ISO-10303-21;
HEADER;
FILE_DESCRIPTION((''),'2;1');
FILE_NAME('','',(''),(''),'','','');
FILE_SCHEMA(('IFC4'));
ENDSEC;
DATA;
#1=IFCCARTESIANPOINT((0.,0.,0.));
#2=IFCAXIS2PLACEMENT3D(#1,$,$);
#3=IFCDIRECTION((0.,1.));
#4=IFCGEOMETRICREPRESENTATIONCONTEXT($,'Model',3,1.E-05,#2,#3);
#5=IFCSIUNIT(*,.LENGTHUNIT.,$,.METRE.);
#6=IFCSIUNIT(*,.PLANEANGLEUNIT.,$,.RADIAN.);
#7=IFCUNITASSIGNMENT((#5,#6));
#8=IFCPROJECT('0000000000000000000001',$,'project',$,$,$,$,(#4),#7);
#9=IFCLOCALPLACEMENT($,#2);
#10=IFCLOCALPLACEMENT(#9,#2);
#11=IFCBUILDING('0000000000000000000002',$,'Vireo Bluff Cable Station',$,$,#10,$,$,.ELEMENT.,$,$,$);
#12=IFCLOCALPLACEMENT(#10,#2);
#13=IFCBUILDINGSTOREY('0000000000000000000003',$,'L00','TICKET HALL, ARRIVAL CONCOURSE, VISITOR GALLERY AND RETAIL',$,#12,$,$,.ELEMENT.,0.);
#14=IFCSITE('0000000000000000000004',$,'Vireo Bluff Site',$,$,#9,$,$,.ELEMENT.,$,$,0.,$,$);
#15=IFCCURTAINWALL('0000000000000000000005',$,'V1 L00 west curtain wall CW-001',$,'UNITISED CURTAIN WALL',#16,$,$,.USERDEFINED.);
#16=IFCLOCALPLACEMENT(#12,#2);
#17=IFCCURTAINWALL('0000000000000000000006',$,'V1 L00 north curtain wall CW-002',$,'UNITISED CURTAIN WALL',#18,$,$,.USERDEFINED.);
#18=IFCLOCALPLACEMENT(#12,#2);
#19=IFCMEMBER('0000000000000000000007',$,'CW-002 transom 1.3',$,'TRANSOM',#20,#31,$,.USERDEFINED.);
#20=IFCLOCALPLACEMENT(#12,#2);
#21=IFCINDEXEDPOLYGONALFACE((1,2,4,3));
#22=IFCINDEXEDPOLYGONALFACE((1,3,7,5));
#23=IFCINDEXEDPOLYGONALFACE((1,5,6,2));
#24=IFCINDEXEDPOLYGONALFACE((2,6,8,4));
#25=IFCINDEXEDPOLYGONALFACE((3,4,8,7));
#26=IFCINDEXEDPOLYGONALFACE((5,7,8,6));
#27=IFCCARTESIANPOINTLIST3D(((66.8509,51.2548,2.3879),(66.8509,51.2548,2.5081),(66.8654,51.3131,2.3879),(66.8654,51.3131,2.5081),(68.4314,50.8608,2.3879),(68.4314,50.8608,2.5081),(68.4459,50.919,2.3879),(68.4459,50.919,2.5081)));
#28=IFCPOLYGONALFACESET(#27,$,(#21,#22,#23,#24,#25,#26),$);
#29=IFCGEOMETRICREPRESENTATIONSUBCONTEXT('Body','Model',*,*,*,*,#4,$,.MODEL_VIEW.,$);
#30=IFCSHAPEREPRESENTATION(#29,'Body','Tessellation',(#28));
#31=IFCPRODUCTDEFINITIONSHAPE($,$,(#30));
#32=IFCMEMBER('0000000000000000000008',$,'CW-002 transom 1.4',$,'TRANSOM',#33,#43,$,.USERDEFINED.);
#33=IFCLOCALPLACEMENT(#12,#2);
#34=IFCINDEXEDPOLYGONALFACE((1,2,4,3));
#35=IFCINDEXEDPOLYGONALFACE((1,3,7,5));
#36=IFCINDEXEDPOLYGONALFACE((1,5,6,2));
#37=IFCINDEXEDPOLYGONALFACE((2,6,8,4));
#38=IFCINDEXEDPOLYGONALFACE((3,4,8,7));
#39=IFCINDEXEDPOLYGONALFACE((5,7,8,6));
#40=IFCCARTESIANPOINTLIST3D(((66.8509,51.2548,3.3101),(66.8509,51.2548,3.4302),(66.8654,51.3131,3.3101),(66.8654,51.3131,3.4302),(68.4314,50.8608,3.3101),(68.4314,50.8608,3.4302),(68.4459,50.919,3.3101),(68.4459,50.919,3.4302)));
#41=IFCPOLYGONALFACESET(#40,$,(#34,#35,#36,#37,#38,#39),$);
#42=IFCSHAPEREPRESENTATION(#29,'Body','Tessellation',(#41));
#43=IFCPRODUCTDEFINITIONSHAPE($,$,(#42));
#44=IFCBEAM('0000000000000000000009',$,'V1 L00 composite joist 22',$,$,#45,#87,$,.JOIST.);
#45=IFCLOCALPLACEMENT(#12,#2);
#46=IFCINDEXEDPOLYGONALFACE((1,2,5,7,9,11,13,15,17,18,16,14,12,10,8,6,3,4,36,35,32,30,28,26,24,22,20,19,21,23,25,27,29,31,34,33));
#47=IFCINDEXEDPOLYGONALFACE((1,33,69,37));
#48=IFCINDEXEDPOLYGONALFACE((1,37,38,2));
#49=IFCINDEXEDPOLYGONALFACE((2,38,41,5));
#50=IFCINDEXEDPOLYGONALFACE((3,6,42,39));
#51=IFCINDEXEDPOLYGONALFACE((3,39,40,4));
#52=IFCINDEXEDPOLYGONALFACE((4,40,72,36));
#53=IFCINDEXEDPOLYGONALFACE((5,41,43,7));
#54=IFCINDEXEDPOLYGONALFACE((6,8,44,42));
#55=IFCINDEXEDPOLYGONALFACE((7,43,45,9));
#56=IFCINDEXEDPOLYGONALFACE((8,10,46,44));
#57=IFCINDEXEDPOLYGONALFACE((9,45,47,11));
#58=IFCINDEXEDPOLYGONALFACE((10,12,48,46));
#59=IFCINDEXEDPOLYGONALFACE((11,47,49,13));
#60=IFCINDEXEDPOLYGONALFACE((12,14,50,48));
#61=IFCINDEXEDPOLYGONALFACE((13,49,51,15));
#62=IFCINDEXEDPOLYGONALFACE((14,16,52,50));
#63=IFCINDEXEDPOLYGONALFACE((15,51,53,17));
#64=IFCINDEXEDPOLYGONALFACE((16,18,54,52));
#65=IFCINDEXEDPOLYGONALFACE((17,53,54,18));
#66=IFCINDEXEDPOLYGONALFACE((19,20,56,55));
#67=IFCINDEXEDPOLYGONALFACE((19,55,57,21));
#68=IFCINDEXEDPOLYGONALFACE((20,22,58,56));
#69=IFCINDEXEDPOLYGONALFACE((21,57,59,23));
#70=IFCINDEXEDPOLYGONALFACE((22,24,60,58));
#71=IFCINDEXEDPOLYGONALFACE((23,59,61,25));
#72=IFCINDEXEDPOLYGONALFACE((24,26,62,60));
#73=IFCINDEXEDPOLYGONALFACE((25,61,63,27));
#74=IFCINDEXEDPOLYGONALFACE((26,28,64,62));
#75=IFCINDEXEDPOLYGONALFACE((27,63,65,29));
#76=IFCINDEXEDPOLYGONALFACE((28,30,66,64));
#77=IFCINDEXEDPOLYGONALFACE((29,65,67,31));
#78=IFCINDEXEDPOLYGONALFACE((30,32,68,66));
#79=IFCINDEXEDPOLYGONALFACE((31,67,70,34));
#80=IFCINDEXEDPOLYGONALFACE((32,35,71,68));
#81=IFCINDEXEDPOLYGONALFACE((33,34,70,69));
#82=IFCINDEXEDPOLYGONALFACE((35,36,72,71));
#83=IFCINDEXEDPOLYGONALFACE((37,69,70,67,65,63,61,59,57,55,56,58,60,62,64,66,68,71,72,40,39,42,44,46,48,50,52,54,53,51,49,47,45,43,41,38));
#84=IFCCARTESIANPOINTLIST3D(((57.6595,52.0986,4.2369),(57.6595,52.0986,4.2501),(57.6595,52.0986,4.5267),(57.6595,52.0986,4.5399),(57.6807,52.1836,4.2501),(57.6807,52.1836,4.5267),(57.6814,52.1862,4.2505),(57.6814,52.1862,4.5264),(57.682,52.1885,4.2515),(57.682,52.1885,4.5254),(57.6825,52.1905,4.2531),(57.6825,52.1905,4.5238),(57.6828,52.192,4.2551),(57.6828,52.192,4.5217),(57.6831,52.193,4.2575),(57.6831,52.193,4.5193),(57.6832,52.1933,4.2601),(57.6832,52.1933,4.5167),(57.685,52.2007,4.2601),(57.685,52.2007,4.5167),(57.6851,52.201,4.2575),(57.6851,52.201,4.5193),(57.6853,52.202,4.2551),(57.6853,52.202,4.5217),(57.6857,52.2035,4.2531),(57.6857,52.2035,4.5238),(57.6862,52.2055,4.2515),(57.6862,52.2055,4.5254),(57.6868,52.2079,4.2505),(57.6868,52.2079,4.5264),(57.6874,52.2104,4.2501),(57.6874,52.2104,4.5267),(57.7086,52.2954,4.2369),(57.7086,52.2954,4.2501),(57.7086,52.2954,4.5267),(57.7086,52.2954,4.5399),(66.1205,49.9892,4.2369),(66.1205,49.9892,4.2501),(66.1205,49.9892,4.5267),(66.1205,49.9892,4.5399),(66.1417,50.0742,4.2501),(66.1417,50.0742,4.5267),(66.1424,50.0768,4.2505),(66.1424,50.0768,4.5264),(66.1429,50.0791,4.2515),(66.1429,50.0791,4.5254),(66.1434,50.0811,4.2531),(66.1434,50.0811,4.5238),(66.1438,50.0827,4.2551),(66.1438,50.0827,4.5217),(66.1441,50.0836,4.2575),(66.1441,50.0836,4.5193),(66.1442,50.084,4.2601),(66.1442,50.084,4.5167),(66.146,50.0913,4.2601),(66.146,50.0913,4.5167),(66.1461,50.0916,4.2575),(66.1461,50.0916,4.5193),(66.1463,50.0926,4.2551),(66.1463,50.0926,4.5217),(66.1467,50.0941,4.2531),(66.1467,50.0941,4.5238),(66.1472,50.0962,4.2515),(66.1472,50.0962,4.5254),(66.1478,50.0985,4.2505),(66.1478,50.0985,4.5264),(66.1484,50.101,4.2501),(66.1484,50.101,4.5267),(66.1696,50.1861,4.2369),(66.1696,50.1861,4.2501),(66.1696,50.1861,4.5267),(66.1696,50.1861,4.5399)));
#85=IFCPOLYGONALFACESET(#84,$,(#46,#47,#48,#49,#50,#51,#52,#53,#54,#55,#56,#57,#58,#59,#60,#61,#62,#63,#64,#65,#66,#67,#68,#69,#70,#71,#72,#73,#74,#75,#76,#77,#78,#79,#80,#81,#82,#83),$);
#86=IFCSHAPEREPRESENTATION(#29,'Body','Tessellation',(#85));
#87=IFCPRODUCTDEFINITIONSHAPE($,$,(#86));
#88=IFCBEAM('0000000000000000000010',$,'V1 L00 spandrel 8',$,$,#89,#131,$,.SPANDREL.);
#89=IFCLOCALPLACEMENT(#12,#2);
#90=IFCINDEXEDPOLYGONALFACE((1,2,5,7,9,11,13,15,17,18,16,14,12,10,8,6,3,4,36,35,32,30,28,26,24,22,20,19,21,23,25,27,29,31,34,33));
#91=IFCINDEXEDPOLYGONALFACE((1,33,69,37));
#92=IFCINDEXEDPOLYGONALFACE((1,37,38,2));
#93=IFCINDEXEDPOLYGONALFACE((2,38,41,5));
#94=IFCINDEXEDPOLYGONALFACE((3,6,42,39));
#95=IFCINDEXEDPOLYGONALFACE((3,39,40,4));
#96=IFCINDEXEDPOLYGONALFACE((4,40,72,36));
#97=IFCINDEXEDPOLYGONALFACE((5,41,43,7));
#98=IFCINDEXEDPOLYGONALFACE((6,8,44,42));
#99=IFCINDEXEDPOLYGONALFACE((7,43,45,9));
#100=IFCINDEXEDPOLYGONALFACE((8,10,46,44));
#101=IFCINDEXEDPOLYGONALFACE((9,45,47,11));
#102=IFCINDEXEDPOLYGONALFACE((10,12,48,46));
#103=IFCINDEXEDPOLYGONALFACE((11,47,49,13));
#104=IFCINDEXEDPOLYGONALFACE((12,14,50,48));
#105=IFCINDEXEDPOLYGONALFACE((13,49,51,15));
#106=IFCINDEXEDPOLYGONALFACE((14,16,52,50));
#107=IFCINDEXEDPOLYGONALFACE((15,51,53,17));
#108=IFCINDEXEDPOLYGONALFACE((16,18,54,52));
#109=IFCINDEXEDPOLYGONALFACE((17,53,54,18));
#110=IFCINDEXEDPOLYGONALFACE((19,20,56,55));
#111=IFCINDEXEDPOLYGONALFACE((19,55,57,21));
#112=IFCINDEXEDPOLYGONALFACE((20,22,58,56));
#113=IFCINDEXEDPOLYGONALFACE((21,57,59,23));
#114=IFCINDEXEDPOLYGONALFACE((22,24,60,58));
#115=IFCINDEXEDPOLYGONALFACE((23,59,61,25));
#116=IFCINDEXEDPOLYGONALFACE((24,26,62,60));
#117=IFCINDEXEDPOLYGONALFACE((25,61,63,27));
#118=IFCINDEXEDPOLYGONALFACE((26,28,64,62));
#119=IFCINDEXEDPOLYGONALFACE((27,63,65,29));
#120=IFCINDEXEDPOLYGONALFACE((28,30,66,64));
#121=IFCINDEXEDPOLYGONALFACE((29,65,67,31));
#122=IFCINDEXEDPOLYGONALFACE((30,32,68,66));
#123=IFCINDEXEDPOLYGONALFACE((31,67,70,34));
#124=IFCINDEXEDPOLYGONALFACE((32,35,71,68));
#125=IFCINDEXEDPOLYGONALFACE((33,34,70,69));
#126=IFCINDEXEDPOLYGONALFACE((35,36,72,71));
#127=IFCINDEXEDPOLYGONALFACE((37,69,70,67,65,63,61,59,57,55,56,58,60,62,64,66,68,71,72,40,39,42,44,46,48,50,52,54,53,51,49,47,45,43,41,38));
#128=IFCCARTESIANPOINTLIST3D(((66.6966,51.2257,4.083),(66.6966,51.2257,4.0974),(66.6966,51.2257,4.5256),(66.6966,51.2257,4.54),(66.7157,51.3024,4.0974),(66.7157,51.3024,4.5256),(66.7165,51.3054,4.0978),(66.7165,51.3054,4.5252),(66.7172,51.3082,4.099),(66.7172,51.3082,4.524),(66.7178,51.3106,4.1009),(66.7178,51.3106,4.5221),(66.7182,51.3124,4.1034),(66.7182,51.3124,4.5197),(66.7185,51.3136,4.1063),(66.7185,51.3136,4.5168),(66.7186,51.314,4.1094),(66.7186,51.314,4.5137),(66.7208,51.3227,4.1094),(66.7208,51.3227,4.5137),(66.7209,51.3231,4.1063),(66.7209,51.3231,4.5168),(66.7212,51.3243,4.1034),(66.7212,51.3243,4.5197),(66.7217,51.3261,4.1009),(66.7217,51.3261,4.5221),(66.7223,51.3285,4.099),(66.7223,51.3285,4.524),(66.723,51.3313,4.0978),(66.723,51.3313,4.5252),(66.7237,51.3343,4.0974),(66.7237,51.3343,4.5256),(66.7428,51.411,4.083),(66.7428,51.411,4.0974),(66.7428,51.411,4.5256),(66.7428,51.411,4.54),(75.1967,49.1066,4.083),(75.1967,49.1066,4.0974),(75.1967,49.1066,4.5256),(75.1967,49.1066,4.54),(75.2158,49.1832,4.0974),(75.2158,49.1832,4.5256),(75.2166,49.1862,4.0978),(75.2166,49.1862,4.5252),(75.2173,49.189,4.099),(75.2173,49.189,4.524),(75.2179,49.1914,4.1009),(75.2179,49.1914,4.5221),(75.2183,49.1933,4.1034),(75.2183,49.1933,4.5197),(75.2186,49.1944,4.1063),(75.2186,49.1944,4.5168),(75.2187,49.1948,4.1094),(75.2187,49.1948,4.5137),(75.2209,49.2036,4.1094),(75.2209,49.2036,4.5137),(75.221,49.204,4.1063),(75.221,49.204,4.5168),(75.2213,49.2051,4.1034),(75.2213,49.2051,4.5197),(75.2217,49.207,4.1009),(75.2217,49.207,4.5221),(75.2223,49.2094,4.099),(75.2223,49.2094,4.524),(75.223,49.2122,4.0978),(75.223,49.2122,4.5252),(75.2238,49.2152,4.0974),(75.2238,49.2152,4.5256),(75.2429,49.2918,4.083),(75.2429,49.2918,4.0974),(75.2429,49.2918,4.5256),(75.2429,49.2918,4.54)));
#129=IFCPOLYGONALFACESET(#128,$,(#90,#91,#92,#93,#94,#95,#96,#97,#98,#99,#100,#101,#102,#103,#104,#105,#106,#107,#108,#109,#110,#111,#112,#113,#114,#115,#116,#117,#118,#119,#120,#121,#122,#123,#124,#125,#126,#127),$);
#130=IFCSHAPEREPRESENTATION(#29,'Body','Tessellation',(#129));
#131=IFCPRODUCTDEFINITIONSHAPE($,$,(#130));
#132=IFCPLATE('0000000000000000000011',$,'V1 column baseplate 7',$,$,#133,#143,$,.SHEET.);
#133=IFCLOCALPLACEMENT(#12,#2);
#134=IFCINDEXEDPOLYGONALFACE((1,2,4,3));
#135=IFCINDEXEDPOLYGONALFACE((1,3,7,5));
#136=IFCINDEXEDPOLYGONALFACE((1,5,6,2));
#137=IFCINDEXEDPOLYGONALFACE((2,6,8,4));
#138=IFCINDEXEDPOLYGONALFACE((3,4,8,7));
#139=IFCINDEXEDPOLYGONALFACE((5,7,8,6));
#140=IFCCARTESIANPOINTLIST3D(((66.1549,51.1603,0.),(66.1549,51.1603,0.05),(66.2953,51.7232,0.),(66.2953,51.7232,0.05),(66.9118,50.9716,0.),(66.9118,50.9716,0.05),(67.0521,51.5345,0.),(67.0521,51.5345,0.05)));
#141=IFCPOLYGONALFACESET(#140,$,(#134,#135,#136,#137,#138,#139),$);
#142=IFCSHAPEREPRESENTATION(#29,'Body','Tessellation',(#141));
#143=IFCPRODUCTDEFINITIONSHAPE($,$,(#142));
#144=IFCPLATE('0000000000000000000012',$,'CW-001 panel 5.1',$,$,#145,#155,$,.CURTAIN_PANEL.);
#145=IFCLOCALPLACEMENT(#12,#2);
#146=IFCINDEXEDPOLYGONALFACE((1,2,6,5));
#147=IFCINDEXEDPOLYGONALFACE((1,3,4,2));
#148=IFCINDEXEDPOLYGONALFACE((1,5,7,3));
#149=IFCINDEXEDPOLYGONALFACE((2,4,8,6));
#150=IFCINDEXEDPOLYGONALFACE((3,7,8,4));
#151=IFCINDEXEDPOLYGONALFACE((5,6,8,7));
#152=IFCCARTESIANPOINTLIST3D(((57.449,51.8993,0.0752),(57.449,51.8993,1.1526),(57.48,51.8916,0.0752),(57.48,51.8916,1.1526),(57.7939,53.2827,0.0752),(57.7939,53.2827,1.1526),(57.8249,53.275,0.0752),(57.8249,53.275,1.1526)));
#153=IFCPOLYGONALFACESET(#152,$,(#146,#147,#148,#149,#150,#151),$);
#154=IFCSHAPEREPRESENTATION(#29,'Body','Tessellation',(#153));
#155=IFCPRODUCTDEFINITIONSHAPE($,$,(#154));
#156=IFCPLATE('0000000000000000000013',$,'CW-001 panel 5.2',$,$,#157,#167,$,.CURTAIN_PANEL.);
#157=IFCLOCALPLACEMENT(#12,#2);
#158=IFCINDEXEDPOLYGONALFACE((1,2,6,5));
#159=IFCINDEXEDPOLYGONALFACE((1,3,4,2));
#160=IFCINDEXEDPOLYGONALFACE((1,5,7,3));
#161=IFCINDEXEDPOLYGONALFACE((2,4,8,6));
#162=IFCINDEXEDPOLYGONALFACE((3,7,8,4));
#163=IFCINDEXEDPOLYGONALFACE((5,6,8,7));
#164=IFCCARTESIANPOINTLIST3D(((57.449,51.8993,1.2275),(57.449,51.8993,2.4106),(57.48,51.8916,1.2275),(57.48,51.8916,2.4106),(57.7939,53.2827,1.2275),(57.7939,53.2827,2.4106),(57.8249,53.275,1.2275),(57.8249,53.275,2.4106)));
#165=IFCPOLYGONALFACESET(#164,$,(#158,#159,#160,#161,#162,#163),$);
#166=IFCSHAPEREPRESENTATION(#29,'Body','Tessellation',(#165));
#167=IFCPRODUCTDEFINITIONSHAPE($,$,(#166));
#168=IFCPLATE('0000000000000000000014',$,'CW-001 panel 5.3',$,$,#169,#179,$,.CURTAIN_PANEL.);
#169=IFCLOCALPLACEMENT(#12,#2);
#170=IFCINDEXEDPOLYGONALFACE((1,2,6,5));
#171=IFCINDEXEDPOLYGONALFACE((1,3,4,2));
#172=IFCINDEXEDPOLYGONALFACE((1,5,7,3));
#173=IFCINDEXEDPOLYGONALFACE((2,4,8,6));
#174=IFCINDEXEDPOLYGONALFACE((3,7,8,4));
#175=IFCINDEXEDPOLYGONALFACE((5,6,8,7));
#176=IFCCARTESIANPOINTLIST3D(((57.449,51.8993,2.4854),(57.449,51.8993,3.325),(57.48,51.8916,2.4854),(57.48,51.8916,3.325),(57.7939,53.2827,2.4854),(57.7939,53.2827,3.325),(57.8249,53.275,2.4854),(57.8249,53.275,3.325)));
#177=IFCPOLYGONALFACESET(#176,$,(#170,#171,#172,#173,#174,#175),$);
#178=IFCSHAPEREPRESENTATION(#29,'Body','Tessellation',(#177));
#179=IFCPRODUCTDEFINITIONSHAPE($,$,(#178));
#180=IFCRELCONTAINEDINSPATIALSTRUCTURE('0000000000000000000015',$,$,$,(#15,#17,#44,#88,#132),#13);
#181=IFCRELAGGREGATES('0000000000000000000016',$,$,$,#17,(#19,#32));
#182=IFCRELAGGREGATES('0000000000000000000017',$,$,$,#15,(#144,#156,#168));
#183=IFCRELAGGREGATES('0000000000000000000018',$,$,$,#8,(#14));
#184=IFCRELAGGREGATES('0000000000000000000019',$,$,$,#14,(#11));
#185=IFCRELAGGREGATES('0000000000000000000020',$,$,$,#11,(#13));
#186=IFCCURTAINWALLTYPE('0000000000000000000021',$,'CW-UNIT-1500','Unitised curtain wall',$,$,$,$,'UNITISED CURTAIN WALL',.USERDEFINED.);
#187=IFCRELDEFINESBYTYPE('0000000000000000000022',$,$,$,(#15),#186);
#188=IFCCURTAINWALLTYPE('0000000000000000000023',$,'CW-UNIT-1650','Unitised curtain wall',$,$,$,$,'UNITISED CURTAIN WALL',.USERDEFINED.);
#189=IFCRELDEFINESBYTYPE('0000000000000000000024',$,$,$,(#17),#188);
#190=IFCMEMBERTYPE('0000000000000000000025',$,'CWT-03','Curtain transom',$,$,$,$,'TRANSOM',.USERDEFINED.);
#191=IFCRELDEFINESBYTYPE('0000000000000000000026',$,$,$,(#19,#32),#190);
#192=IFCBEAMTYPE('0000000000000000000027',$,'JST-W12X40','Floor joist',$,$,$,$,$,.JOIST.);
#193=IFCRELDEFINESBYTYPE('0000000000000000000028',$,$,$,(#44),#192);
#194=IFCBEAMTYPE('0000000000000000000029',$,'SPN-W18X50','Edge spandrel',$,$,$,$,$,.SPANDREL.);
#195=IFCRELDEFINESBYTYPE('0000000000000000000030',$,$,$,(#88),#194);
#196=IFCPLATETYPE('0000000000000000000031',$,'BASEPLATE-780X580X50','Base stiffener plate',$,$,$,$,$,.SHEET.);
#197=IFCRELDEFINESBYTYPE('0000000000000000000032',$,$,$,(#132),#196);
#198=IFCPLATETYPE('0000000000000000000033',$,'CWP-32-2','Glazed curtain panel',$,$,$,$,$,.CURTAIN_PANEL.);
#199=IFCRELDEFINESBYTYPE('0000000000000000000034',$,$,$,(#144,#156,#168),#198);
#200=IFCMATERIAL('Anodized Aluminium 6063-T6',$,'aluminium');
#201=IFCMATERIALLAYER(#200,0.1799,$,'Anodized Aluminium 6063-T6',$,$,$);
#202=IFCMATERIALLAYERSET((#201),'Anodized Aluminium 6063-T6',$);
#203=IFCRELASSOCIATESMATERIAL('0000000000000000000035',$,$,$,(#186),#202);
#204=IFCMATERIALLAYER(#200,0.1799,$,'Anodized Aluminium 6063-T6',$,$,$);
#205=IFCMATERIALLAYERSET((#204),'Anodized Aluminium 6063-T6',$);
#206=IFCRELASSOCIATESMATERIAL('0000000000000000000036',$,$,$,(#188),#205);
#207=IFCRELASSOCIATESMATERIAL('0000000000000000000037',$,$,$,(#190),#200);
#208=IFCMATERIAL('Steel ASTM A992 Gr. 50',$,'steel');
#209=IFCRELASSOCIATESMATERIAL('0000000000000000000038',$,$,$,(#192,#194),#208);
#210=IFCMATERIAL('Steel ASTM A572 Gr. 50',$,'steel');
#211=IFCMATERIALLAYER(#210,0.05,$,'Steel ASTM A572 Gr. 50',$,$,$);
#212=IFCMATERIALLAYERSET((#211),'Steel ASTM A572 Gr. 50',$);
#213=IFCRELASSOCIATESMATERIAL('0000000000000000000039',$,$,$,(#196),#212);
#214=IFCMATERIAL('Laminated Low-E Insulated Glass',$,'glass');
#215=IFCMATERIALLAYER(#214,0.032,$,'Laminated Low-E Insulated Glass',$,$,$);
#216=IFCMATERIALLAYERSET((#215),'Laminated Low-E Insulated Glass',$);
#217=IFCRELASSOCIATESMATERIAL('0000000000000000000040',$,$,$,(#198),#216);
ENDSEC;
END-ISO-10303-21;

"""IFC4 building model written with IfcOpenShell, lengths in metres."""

from ifc_helpers import new_model, si_unit, direction, frame, origin, origin_2d, place, context, subcontext, project, spatial, rectangle, i_section, extrude, material, layer, layer_set, material_profile, profile_set, type_object, element, aggregate, save


model = new_model("IFC4")

# Units and contexts
model_context = context("Model", 3, precision=1e-05, world=origin(), true_north=direction((0.0, 1.0)))
body_context = subcontext(model_context, "Body", "Model", "MODEL_VIEW")
ifc_project = project(units=[si_unit("LENGTHUNIT", "METRE"), si_unit("PLANEANGLEUNIT", "RADIAN")], contexts=[model_context])

# Site, building, storey
site_placement = place(None, origin())
site = spatial("IfcSite", under=ifc_project, at=site_placement, Name="Vireo Bluff Site", CompositionType="ELEMENT", RefElevation=0.0)
building_placement = place(site_placement, origin())
building = spatial("IfcBuilding", under=site, at=building_placement, Name="Vireo Bluff Cable Station", CompositionType="ELEMENT")
storey_placement = place(building_placement, origin())
storey = spatial("IfcBuildingStorey", under=building, at=storey_placement, Name="L00", Description="TICKET HALL, ARRIVAL CONCOURSE, VISITOR GALLERY AND RETAIL", CompositionType="ELEMENT", Elevation=0.0)

# Shared definitions
ifc_material_1 = material(Name="Steel ASTM A992 Gr. 50", Category="steel")

# Curtain walls
ifc_material_2 = material(Name="Anodized Aluminium 6063-T6", Category="aluminium")
ifc_layer_1 = layer(ifc_material_2, 0.1799, Name="Anodized Aluminium 6063-T6")
ifc_layer_set_1 = layer_set([ifc_layer_1], Name="Anodized Aluminium 6063-T6")
curtain_wall_type_1 = type_object("IfcCurtainWallType", Name="CW-UNIT-1500", Description="Unitised curtain wall", ElementType="UNITISED CURTAIN WALL", PredefinedType="USERDEFINED", material=ifc_layer_set_1)
curtain_wall_1_placement = place(storey_placement, origin())
curtain_wall_1 = element("IfcCurtainWall", 1, at=curtain_wall_1_placement, inside=storey, type_object=curtain_wall_type_1, Name="V1 L00 west curtain wall CW-001", ObjectType="UNITISED CURTAIN WALL", PredefinedType="USERDEFINED")
ifc_layer_2 = layer(ifc_material_2, 0.1799, Name="Anodized Aluminium 6063-T6")
ifc_layer_set_2 = layer_set([ifc_layer_2], Name="Anodized Aluminium 6063-T6")
curtain_wall_type_2 = type_object("IfcCurtainWallType", Name="CW-UNIT-1650", Description="Unitised curtain wall", ElementType="UNITISED CURTAIN WALL", PredefinedType="USERDEFINED", material=ifc_layer_set_2)
curtain_wall_2_placement = place(storey_placement, origin())
curtain_wall_2 = element("IfcCurtainWall", 2, at=curtain_wall_2_placement, inside=storey, type_object=curtain_wall_type_2, Name="V1 L00 north curtain wall CW-002", ObjectType="UNITISED CURTAIN WALL", PredefinedType="USERDEFINED")

# Members
ifc_material_profile_1 = material_profile(ifc_material_2, rectangle(XDim=0.0601, YDim=0.1201, at=origin_2d()), Name="ALU-T-60X120")
ifc_profile_set_1 = profile_set([ifc_material_profile_1], Name="Anodized Aluminium 6063-T6")
member_type_1 = type_object("IfcMemberType", Name="CWT-03", Description="Curtain transom", ElementType="TRANSOM", PredefinedType="USERDEFINED", material=ifc_profile_set_1)
member_1_placement = place(storey_placement, frame((66.8582, 51.2839, 2.448), z_axis=(0.970301, -0.241901, 0.0), x_axis=(0.241901, 0.970301, 0.0)))
member_1 = element("IfcMember", 3, at=member_1_placement, type_object=member_type_1, Name="CW-002 transom 1.3", ObjectType="TRANSOM", PredefinedType="USERDEFINED", context=body_context, shape_type="SweptSolid", body=[
    extrude(rectangle(XDim=0.0601, YDim=0.1201, at=origin_2d()), origin(), (0.0, 0.0, 1.0), 1.6289),
])
member_2_placement = place(storey_placement, frame((66.8582, 51.2839, 3.3701), z_axis=(0.970301, -0.241901, 0.0), x_axis=(0.241901, 0.970301, 0.0)))
member_2 = element("IfcMember", 4, at=member_2_placement, type_object=member_type_1, Name="CW-002 transom 1.4", ObjectType="TRANSOM", PredefinedType="USERDEFINED", context=body_context, shape_type="SweptSolid", body=[
    extrude(rectangle(XDim=0.0601, YDim=0.1201, at=origin_2d()), origin(), (0.0, 0.0, 1.0), 1.6289),
])
aggregate(curtain_wall_2, [member_1, member_2])

# Beams
ifc_material_profile_2 = material_profile(ifc_material_1, i_section(OverallWidth=0.2029, OverallDepth=0.303, WebThickness=0.0076, FlangeThickness=0.0132, FilletRadius=0.01, at=origin_2d()), Name="W12X40")
ifc_profile_set_2 = profile_set([ifc_material_profile_2], Name="Steel ASTM A992 Gr. 50")
beam_type_1 = type_object("IfcBeamType", Name="JST-W12X40", Description="Floor joist", PredefinedType="JOIST", material=ifc_profile_set_2)
beam_1_placement = place(storey_placement, frame((57.6841, 52.197, 4.3884), z_axis=(0.9703, -0.241903, 0.0), x_axis=(0.241903, 0.9703, 0.0)))
element("IfcBeam", 5, at=beam_1_placement, inside=storey, type_object=beam_type_1, Name="V1 L00 composite joist 22", PredefinedType="JOIST", context=body_context, shape_type="SweptSolid", body=[
    extrude(i_section(OverallWidth=0.2029, OverallDepth=0.303, WebThickness=0.0076, FlangeThickness=0.0132, FilletRadius=0.01, at=origin_2d()), origin(), (0.0, 0.0, 1.0), 8.72),
])
ifc_material_profile_3 = material_profile(ifc_material_1, i_section(OverallWidth=0.1909, OverallDepth=0.457, WebThickness=0.009, FlangeThickness=0.0144, FilletRadius=0.012, at=origin_2d()), Name="W18X50")
ifc_profile_set_3 = profile_set([ifc_material_profile_3], Name="Steel ASTM A992 Gr. 50")
beam_type_2 = type_object("IfcBeamType", Name="SPN-W18X50", Description="Edge spandrel", PredefinedType="SPANDREL", material=ifc_profile_set_3)
beam_2_placement = place(storey_placement, frame((66.7197, 51.3184, 4.3115), z_axis=(0.9703, -0.241906, 0.0), x_axis=(0.241906, 0.9703, 0.0)))
element("IfcBeam", 6, at=beam_2_placement, inside=storey, type_object=beam_type_2, Name="V1 L00 spandrel 8", PredefinedType="SPANDREL", context=body_context, shape_type="SweptSolid", body=[
    extrude(i_section(OverallWidth=0.1909, OverallDepth=0.457, WebThickness=0.009, FlangeThickness=0.0144, FilletRadius=0.012, at=origin_2d()), origin(), (0.0, 0.0, 1.0), 8.7603),
])

# Plates
ifc_material_3 = material(Name="Steel ASTM A572 Gr. 50", Category="steel")
ifc_layer_3 = layer(ifc_material_3, 0.05, Name="Steel ASTM A572 Gr. 50")
ifc_layer_set_3 = layer_set([ifc_layer_3], Name="Steel ASTM A572 Gr. 50")
plate_type_1 = type_object("IfcPlateType", Name="BASEPLATE-780X580X50", Description="Base stiffener plate", PredefinedType="SHEET", material=ifc_layer_set_3)
plate_1_placement = place(storey_placement, frame((66.6035, 51.3474, 0.0), z_axis=(0.0, 0.0, 1.0), x_axis=(0.970296, -0.241922, 0.0)))
element("IfcPlate", 7, at=plate_1_placement, inside=storey, type_object=plate_type_1, Name="V1 column baseplate 7", PredefinedType="SHEET", context=body_context, shape_type="SweptSolid", body=[
    extrude(rectangle(XDim=0.78, YDim=0.5801, at=origin_2d()), origin(), (0.0, 0.0, 1.0), 0.05),
])
ifc_material_4 = material(Name="Laminated Low-E Insulated Glass", Category="glass")
ifc_layer_4 = layer(ifc_material_4, 0.032, Name="Laminated Low-E Insulated Glass")
ifc_layer_set_4 = layer_set([ifc_layer_4], Name="Laminated Low-E Insulated Glass")
plate_type_2 = type_object("IfcPlateType", Name="CWP-32-2", Description="Glazed curtain panel", PredefinedType="CURTAIN_PANEL", material=ifc_layer_set_4)
plate_2_placement = place(storey_placement, frame((57.637, 52.5872, 0.0752), z_axis=(0.0, 0.0, 1.0), x_axis=(0.241922, 0.970296, 0.0)))
plate_2 = element("IfcPlate", 8, at=plate_2_placement, type_object=plate_type_2, Name="CW-001 panel 5.1", PredefinedType="CURTAIN_PANEL", context=body_context, shape_type="SweptSolid", body=[
    extrude(rectangle(XDim=1.4258, YDim=0.032, at=origin_2d()), origin(), (0.0, 0.0, 1.0), 1.0774),
])
plate_3_placement = place(storey_placement, frame((57.637, 52.5872, 1.2275), z_axis=(0.0, 0.0, 1.0), x_axis=(0.241922, 0.970296, 0.0)))
plate_3 = element("IfcPlate", 9, at=plate_3_placement, type_object=plate_type_2, Name="CW-001 panel 5.2", PredefinedType="CURTAIN_PANEL", context=body_context, shape_type="SweptSolid", body=[
    extrude(rectangle(XDim=1.4258, YDim=0.032, at=origin_2d()), origin(), (0.0, 0.0, 1.0), 1.1831),
])
plate_4_placement = place(storey_placement, frame((57.637, 52.5872, 2.4854), z_axis=(0.0, 0.0, 1.0), x_axis=(0.241922, 0.970296, 0.0)))
plate_4 = element("IfcPlate", 10, at=plate_4_placement, type_object=plate_type_2, Name="CW-001 panel 5.3", PredefinedType="CURTAIN_PANEL", context=body_context, shape_type="SweptSolid", body=[
    extrude(rectangle(XDim=1.4258, YDim=0.032, at=origin_2d()), origin(), (0.0, 0.0, 1.0), 0.8396),
])
aggregate(curtain_wall_1, [plate_2, plate_3, plate_4])

save(model, "model.ifc")
